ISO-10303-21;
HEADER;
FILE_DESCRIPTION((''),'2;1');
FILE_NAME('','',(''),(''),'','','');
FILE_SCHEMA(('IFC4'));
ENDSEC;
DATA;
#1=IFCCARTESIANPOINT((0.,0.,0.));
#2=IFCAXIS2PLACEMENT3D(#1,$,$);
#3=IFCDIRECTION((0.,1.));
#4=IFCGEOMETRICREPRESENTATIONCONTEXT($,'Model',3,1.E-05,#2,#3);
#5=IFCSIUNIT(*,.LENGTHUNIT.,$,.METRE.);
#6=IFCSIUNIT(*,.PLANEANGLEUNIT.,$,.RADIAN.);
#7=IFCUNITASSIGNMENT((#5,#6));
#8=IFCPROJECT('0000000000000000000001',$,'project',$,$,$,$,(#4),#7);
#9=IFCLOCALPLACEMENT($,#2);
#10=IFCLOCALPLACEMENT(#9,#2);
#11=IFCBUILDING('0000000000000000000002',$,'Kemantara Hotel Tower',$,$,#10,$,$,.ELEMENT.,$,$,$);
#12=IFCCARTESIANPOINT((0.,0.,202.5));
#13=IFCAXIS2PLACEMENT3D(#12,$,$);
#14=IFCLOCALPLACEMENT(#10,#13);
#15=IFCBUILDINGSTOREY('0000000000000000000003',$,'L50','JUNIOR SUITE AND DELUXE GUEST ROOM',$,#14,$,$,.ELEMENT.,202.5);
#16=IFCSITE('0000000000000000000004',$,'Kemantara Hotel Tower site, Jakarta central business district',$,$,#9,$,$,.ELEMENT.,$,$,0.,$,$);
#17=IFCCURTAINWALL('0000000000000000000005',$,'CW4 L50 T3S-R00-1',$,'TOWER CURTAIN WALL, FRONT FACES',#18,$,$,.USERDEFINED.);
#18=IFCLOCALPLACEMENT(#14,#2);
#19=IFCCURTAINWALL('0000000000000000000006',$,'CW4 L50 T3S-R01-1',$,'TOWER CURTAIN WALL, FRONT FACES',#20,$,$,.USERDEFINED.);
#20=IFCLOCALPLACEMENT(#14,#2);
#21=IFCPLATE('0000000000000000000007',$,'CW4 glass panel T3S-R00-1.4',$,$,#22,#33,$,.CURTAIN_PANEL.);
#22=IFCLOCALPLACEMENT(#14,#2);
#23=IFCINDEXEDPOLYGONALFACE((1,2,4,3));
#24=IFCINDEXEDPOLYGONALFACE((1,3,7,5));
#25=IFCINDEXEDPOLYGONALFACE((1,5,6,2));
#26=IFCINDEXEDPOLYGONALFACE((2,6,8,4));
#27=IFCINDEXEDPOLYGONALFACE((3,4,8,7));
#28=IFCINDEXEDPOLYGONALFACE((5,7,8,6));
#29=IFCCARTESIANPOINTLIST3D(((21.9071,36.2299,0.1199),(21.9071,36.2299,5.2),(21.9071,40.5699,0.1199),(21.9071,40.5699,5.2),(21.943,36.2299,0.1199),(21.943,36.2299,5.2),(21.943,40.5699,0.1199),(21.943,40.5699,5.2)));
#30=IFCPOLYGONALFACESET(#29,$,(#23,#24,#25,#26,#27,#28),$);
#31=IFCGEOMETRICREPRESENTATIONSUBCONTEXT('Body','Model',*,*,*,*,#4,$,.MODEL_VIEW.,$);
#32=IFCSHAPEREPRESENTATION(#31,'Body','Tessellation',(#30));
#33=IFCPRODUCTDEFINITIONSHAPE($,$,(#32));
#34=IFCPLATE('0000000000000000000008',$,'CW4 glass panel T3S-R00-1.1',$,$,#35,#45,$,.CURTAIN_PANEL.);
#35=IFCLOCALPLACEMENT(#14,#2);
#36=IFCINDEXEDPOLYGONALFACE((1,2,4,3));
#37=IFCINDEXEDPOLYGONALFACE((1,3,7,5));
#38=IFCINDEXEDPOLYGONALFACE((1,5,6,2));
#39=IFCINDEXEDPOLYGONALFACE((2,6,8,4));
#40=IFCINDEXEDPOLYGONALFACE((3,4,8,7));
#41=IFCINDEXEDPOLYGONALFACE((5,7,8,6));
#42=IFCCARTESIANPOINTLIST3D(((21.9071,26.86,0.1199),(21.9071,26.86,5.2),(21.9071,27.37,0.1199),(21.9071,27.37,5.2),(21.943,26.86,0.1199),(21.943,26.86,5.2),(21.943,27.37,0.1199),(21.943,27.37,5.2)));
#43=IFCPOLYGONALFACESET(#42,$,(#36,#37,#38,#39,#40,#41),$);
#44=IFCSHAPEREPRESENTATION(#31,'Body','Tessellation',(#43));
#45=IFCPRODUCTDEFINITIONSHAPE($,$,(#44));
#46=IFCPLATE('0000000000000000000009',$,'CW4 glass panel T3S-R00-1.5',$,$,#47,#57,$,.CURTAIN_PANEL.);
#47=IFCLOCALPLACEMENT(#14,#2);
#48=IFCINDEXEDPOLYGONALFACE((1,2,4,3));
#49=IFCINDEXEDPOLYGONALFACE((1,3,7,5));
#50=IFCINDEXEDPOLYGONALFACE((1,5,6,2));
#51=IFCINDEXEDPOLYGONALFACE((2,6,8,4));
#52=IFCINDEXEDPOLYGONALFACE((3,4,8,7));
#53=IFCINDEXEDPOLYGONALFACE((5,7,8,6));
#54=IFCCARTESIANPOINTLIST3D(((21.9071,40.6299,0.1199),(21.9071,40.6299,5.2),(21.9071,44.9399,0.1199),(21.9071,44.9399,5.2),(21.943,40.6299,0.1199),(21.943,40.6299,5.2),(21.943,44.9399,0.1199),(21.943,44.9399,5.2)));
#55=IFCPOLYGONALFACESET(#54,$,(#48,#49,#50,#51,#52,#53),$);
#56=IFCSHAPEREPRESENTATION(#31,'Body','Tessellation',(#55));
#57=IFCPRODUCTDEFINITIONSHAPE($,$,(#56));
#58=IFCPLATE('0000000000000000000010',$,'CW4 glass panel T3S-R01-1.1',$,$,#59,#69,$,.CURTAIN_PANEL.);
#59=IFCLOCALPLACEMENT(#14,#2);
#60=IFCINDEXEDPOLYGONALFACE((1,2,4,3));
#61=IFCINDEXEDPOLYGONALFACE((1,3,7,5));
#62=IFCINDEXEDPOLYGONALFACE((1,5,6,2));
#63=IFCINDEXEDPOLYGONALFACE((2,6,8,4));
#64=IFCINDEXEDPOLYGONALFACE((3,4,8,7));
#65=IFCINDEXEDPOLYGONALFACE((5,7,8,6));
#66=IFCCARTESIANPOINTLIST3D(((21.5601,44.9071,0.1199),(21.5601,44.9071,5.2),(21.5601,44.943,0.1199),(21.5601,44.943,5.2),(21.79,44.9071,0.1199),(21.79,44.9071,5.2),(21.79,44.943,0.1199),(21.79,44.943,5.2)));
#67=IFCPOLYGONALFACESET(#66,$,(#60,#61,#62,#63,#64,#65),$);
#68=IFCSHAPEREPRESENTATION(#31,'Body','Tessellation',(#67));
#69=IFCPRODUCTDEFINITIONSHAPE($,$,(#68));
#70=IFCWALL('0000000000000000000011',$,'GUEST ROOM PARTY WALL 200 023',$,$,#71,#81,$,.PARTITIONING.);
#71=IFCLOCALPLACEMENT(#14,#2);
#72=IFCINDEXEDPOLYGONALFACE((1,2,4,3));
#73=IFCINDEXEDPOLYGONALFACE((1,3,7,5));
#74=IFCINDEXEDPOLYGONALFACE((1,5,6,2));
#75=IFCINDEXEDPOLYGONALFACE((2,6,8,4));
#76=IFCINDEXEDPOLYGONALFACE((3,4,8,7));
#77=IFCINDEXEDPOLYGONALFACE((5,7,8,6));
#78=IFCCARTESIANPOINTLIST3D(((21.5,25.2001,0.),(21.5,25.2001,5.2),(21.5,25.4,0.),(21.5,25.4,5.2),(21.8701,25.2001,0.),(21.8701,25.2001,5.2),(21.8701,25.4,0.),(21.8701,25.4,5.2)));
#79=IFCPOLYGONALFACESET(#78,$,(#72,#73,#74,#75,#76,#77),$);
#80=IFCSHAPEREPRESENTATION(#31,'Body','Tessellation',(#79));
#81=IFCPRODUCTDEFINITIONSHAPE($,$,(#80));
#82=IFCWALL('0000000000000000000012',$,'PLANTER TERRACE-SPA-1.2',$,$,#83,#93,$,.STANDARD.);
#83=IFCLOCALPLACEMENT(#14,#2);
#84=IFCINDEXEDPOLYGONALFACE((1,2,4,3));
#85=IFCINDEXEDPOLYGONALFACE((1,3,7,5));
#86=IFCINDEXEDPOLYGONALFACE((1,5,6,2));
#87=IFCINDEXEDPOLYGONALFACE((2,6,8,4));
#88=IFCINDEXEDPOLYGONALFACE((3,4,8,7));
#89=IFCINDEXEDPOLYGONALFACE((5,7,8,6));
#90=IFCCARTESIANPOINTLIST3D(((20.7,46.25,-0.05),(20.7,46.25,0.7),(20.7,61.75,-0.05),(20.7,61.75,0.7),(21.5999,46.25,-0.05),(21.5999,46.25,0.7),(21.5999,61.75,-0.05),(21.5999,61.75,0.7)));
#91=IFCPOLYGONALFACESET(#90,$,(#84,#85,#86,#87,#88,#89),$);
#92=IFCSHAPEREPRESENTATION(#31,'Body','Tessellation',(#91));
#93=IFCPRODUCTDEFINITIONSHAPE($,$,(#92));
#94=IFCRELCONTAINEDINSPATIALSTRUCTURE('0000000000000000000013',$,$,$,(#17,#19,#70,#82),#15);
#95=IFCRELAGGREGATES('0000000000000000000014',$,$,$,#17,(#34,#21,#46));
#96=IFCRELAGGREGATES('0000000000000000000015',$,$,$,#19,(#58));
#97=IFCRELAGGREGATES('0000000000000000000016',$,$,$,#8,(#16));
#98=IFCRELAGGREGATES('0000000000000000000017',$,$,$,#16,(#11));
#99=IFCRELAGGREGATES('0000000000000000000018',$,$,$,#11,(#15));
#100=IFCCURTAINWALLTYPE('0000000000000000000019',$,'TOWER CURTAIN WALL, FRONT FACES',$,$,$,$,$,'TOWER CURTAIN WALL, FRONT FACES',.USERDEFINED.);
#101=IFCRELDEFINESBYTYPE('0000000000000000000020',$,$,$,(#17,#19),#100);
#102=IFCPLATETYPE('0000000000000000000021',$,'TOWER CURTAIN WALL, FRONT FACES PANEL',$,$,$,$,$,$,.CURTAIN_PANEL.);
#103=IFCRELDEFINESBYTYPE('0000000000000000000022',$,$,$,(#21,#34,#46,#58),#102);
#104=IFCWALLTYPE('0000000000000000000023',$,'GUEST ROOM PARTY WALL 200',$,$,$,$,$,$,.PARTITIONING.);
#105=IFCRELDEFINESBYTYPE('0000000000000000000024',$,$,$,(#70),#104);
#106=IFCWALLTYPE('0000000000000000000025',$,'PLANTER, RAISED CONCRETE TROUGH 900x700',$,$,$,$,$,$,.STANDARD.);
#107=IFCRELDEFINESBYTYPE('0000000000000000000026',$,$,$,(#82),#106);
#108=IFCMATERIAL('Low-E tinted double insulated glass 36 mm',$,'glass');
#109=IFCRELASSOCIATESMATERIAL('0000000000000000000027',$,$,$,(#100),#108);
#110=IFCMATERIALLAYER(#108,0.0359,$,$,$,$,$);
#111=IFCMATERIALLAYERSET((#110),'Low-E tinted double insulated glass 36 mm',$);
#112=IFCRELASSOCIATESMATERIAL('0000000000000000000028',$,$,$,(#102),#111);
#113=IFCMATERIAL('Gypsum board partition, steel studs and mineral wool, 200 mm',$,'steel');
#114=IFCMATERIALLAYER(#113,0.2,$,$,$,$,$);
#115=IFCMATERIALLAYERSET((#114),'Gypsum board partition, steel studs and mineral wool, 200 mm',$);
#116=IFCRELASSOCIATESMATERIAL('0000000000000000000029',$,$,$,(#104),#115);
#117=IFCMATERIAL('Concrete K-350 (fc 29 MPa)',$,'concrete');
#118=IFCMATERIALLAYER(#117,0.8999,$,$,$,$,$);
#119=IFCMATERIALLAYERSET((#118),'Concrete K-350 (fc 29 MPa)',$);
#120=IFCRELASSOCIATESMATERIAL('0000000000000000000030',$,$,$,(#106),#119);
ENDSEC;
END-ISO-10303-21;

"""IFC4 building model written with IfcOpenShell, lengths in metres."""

from ifc_helpers import new_model, si_unit, direction, frame, frame_2d, origin, origin_2d, place, context, subcontext, project, spatial, rectangle, extrude, source, transform, mapped, material, layer, layer_set, type_object, element, aggregate, save


model = new_model("IFC4")

# Units and contexts
model_context = context("Model", 3, precision=1e-05, world=origin(), true_north=direction((0.0, 1.0)))
body_context = subcontext(model_context, "Body", "Model", "MODEL_VIEW")
ifc_project = project(units=[si_unit("LENGTHUNIT", "METRE"), si_unit("PLANEANGLEUNIT", "RADIAN")], contexts=[model_context])

# Site, building, storey
site_placement = place(None, origin())
site = spatial("IfcSite", under=ifc_project, at=site_placement, Name="Kemantara Hotel Tower site, Jakarta central business district", CompositionType="ELEMENT", RefElevation=0.0)
building_placement = place(site_placement, origin())
building = spatial("IfcBuilding", under=site, at=building_placement, Name="Kemantara Hotel Tower", CompositionType="ELEMENT")
storey_placement = place(building_placement, frame((0.0, 0.0, 202.5)))
storey = spatial("IfcBuildingStorey", under=building, at=storey_placement, Name="L50", Description="JUNIOR SUITE AND DELUXE GUEST ROOM", CompositionType="ELEMENT", Elevation=202.5)

# Curtain walls
ifc_material_1 = material(Name="Low-E tinted double insulated glass 36 mm", Category="glass")
curtain_wall_type = type_object("IfcCurtainWallType", Name="TOWER CURTAIN WALL, FRONT FACES", ElementType="TOWER CURTAIN WALL, FRONT FACES", PredefinedType="USERDEFINED", material=ifc_material_1)
curtain_wall_1_placement = place(storey_placement, origin())
curtain_wall_1 = element("IfcCurtainWall", 1, at=curtain_wall_1_placement, inside=storey, type_object=curtain_wall_type, Name="CW4 L50 T3S-R00-1", ObjectType="TOWER CURTAIN WALL, FRONT FACES", PredefinedType="USERDEFINED")
curtain_wall_2_placement = place(storey_placement, origin())
curtain_wall_2 = element("IfcCurtainWall", 2, at=curtain_wall_2_placement, inside=storey, type_object=curtain_wall_type, Name="CW4 L50 T3S-R01-1", ObjectType="TOWER CURTAIN WALL, FRONT FACES", PredefinedType="USERDEFINED")

# Plates
ifc_layer_1 = layer(ifc_material_1, 0.0359)
ifc_layer_set_1 = layer_set([ifc_layer_1], Name="Low-E tinted double insulated glass 36 mm")
plate_type = type_object("IfcPlateType", Name="TOWER CURTAIN WALL, FRONT FACES PANEL", PredefinedType="CURTAIN_PANEL", material=ifc_layer_set_1)
shared_shape_1 = source(origin(), body_context, "Body", "SweptSolid", [
    extrude(rectangle(XDim=4.3401, YDim=0.0359, at=origin_2d()), origin(), (0.0, 0.0, 1.0), 5.0801),
])
plate_1_placement = place(storey_placement, frame((21.925, 38.3999, 0.1199), z_axis=(0.0, 0.0, 1.0), x_axis=(0.0, 1.0, 0.0)))
plate_1 = element("IfcPlate", 3, at=plate_1_placement, type_object=plate_type, Name="CW4 glass panel T3S-R00-1.4", PredefinedType="CURTAIN_PANEL", context=body_context, shape_type="MappedRepresentation", body=[
    mapped(shared_shape_1, transform((0.0, 0.0, 0.0))),
])
shared_shape_2 = source(origin(), body_context, "Body", "SweptSolid", [
    extrude(rectangle(XDim=0.51, YDim=0.0359, at=origin_2d()), origin(), (0.0, 0.0, 1.0), 5.0801),
])
plate_2_placement = place(storey_placement, frame((21.925, 27.115, 0.1199), z_axis=(0.0, 0.0, 1.0), x_axis=(0.0, 1.0, 0.0)))
plate_2 = element("IfcPlate", 4, at=plate_2_placement, type_object=plate_type, Name="CW4 glass panel T3S-R00-1.1", PredefinedType="CURTAIN_PANEL", context=body_context, shape_type="MappedRepresentation", body=[
    mapped(shared_shape_2, transform((0.0, 0.0, 0.0))),
])
shared_shape_3 = source(origin(), body_context, "Body", "SweptSolid", [
    extrude(rectangle(XDim=4.3101, YDim=0.0359, at=origin_2d()), origin(), (0.0, 0.0, 1.0), 5.0801),
])
plate_3_placement = place(storey_placement, frame((21.925, 42.7849, 0.1199), z_axis=(0.0, 0.0, 1.0), x_axis=(0.0, 1.0, 0.0)))
plate_3 = element("IfcPlate", 5, at=plate_3_placement, type_object=plate_type, Name="CW4 glass panel T3S-R00-1.5", PredefinedType="CURTAIN_PANEL", context=body_context, shape_type="MappedRepresentation", body=[
    mapped(shared_shape_3, transform((0.0, 0.0, 0.0))),
])
aggregate(curtain_wall_1, [plate_2, plate_1, plate_3])
shared_shape_4 = source(origin(), body_context, "Body", "SweptSolid", [
    extrude(rectangle(XDim=0.23, YDim=0.0359, at=origin_2d()), origin(), (0.0, 0.0, 1.0), 5.0801),
])
plate_4_placement = place(storey_placement, frame((21.675, 44.925, 0.1199), z_axis=(0.0, 0.0, 1.0), x_axis=(-1.0, 0.0, 0.0)))
plate_4 = element("IfcPlate", 6, at=plate_4_placement, type_object=plate_type, Name="CW4 glass panel T3S-R01-1.1", PredefinedType="CURTAIN_PANEL", context=body_context, shape_type="MappedRepresentation", body=[
    mapped(shared_shape_4, transform((0.0, 0.0, 0.0))),
])
aggregate(curtain_wall_2, [plate_4])

# Walls
ifc_material_2 = material(Name="Gypsum board partition, steel studs and mineral wool, 200 mm", Category="steel")
ifc_layer_2 = layer(ifc_material_2, 0.2)
ifc_layer_set_2 = layer_set([ifc_layer_2], Name="Gypsum board partition, steel studs and mineral wool, 200 mm")
wall_type_1 = type_object("IfcWallType", Name="GUEST ROOM PARTY WALL 200", PredefinedType="PARTITIONING", material=ifc_layer_set_2)
wall_1_placement = place(storey_placement, frame((21.5, 25.3, 0.0), z_axis=(0.0, 0.0, 1.0), x_axis=(1.0, 0.0, 0.0)))
element("IfcWall", 7, at=wall_1_placement, inside=storey, type_object=wall_type_1, Name="GUEST ROOM PARTY WALL 200 023", PredefinedType="PARTITIONING", context=body_context, shape_type="SweptSolid", body=[
    extrude(rectangle(XDim=0.3701, YDim=0.2, at=frame_2d((0.1851, 0.0))), origin(), (0.0, 0.0, 1.0), 5.2),
])
ifc_material_3 = material(Name="Concrete K-350 (fc 29 MPa)", Category="concrete")
ifc_layer_3 = layer(ifc_material_3, 0.8999)
ifc_layer_set_3 = layer_set([ifc_layer_3], Name="Concrete K-350 (fc 29 MPa)")
wall_type_2 = type_object("IfcWallType", Name="PLANTER, RAISED CONCRETE TROUGH 900x700", PredefinedType="STANDARD", material=ifc_layer_set_3)
wall_2_placement = place(storey_placement, frame((21.1499, 61.75, -0.05), z_axis=(0.0, 0.0, 1.0), x_axis=(0.0, -1.0, 0.0)))
element("IfcWall", 8, at=wall_2_placement, inside=storey, type_object=wall_type_2, Name="PLANTER TERRACE-SPA-1.2", PredefinedType="STANDARD", context=body_context, shape_type="SweptSolid", body=[
    extrude(rectangle(XDim=15.5, YDim=0.8999, at=frame_2d((7.75, 0.0))), origin(), (0.0, 0.0, 1.0), 0.75),
])

save(model, "model.ifc")
